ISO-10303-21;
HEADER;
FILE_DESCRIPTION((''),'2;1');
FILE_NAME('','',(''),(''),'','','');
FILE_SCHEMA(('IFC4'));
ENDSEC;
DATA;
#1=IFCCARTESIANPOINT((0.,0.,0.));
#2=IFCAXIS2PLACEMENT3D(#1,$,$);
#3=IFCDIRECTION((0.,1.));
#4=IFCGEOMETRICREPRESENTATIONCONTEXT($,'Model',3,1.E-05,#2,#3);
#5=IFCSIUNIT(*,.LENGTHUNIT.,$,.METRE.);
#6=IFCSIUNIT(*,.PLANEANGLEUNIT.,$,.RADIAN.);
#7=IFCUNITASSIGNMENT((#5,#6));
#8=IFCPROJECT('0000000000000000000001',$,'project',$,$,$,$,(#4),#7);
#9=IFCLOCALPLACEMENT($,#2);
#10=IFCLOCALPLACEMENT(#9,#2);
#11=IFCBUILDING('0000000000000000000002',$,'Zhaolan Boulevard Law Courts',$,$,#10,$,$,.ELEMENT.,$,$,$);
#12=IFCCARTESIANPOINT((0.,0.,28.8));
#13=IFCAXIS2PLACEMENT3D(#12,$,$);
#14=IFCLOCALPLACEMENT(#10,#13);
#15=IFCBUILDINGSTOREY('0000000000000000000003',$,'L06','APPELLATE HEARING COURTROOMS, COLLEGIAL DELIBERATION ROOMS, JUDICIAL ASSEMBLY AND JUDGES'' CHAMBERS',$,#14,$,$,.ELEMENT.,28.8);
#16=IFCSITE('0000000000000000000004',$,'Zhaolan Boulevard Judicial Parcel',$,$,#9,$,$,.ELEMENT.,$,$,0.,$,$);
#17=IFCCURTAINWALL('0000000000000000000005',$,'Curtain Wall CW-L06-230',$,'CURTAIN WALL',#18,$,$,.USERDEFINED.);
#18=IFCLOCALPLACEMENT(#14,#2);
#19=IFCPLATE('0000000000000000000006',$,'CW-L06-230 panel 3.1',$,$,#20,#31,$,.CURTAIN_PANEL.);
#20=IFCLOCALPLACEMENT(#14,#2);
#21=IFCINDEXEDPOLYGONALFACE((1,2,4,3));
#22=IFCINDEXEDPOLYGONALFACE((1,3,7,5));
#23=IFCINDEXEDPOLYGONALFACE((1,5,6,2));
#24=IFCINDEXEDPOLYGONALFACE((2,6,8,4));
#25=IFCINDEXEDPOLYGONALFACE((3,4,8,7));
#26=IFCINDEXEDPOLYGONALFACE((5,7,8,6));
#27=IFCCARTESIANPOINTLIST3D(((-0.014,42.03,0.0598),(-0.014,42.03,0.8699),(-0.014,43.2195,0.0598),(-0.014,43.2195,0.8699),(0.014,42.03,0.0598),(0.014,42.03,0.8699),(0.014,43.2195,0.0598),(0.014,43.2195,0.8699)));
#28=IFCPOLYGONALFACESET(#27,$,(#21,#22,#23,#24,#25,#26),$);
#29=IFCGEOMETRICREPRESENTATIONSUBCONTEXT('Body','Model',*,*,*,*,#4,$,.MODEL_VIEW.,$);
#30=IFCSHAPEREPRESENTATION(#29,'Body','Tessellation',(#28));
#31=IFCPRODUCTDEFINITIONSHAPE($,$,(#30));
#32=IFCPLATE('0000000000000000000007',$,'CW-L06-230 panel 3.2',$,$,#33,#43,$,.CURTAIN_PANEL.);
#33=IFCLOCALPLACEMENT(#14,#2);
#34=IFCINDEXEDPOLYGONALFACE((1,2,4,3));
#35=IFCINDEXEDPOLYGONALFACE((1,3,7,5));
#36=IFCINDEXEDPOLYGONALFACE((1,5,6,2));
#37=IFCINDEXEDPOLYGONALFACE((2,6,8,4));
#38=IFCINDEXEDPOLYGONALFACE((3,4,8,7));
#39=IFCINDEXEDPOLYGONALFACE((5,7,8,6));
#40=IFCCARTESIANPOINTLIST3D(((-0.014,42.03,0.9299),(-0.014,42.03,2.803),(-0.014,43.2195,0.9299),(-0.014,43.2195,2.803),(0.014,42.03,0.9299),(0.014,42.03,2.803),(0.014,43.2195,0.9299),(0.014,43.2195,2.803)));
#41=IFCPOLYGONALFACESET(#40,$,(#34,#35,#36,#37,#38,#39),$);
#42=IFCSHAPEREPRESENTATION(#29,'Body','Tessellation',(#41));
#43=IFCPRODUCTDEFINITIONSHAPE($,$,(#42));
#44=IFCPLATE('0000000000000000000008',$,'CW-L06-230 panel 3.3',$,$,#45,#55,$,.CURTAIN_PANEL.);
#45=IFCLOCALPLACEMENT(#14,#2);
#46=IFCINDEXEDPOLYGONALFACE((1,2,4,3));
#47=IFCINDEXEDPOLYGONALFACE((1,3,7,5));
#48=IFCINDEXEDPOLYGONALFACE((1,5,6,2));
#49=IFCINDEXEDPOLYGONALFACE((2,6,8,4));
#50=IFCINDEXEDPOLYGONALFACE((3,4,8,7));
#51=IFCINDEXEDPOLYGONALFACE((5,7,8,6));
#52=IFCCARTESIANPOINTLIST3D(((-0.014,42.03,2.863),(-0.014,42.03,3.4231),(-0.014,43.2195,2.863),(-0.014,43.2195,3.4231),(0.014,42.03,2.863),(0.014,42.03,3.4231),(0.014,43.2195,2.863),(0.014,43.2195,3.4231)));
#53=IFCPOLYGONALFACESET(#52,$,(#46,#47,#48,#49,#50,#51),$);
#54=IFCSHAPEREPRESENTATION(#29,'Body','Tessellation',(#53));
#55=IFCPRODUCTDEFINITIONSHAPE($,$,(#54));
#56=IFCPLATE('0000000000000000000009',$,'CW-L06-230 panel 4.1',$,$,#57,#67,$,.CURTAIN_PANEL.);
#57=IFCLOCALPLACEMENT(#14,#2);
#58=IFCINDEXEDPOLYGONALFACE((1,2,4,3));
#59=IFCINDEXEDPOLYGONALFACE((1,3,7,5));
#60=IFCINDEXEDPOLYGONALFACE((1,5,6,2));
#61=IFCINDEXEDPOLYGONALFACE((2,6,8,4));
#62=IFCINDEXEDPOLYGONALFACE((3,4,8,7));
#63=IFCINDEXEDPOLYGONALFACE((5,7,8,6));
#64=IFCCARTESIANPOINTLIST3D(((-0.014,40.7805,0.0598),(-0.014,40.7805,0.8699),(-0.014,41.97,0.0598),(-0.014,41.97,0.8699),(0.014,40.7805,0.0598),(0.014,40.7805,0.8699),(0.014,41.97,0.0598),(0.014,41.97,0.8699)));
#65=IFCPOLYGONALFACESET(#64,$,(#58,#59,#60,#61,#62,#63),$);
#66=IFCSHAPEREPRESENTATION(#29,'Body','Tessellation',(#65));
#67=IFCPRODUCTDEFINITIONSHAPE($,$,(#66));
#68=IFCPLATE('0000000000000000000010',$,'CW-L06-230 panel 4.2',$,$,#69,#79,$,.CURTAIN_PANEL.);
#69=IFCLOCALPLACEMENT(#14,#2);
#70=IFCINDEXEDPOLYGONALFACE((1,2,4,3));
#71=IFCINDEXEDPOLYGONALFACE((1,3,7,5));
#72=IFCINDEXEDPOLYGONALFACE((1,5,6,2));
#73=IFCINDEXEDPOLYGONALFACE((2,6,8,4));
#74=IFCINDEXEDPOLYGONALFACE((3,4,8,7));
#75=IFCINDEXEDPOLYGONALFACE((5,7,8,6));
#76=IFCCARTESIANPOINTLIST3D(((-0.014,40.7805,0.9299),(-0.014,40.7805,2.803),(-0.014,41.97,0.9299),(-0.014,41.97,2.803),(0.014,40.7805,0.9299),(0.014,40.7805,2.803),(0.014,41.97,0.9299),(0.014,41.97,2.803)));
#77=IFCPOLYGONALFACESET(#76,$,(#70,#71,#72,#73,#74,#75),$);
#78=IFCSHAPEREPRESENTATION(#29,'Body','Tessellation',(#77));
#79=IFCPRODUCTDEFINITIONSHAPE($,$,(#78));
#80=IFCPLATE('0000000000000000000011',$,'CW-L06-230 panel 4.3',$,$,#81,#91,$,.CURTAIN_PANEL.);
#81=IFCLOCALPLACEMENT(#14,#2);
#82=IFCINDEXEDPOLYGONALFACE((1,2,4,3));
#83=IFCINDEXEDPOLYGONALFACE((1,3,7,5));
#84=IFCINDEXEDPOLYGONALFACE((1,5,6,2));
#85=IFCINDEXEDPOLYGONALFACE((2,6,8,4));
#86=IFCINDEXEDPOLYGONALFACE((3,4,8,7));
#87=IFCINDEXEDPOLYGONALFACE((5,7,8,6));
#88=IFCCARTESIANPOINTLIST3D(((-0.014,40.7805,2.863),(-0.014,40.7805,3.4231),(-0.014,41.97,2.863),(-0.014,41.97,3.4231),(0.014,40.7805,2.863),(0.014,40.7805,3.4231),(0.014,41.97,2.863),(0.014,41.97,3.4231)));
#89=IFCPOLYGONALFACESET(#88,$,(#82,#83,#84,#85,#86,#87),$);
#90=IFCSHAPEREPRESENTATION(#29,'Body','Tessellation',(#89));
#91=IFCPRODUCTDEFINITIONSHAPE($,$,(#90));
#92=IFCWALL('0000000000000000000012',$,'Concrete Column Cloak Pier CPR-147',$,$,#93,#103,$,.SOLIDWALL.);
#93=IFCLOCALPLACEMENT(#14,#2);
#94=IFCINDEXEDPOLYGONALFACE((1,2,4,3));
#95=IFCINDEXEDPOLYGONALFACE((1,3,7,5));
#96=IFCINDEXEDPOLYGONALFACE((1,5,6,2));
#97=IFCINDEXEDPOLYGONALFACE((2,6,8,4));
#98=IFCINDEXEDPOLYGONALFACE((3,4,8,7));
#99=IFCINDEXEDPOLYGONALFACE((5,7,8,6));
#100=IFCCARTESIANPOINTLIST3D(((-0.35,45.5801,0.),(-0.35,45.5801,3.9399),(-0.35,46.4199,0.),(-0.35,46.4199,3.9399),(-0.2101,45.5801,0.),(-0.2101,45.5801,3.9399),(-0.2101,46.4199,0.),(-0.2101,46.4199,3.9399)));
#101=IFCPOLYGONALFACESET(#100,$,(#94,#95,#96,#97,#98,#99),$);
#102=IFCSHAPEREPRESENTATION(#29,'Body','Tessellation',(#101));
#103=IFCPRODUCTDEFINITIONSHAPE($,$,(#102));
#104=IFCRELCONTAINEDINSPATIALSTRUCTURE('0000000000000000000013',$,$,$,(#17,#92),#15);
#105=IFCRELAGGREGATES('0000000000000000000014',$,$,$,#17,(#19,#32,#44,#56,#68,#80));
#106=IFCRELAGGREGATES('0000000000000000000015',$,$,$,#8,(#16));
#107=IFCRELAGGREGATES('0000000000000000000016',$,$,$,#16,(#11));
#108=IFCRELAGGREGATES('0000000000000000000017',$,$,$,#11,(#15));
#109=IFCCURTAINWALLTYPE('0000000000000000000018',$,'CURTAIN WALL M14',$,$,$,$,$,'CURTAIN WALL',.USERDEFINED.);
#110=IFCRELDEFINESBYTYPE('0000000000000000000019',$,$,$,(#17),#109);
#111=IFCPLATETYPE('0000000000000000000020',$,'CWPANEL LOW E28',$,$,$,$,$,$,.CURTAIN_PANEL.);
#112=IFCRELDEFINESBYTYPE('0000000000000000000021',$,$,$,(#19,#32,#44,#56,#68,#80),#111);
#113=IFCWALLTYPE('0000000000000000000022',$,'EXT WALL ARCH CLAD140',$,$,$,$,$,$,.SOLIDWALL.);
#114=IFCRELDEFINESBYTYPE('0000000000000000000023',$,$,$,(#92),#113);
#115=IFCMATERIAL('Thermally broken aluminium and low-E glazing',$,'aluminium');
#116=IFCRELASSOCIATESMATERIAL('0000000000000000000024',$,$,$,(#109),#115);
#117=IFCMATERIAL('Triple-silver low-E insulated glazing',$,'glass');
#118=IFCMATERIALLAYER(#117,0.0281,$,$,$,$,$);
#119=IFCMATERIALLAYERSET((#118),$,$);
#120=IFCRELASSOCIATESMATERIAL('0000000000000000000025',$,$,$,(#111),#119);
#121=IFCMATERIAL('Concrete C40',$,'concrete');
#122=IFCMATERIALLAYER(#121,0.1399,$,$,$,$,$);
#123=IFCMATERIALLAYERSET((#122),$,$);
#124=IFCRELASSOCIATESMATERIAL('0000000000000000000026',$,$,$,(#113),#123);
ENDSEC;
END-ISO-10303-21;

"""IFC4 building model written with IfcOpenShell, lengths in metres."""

from ifc_helpers import new_model, si_unit, direction, frame, frame_2d, origin, origin_2d, place, context, subcontext, project, spatial, rectangle, extrude, material, layer, layer_set, type_object, element, aggregate, save


model = new_model("IFC4")

# Units and contexts
model_context = context("Model", 3, precision=1e-05, world=origin(), true_north=direction((0.0, 1.0)))
body_context = subcontext(model_context, "Body", "Model", "MODEL_VIEW")
ifc_project = project(units=[si_unit("LENGTHUNIT", "METRE"), si_unit("PLANEANGLEUNIT", "RADIAN")], contexts=[model_context])

# Site, building, storey
site_placement = place(None, origin())
site = spatial("IfcSite", under=ifc_project, at=site_placement, Name="Zhaolan Boulevard Judicial Parcel", CompositionType="ELEMENT", RefElevation=0.0)
building_placement = place(site_placement, origin())
building = spatial("IfcBuilding", under=site, at=building_placement, Name="Zhaolan Boulevard Law Courts", CompositionType="ELEMENT")
storey_placement = place(building_placement, frame((0.0, 0.0, 28.8)))
storey = spatial("IfcBuildingStorey", under=building, at=storey_placement, Name="L06", Description="APPELLATE HEARING COURTROOMS, COLLEGIAL DELIBERATION ROOMS, JUDICIAL ASSEMBLY AND JUDGES' CHAMBERS", CompositionType="ELEMENT", Elevation=28.8)

# Curtain wall, plates
ifc_material_1 = material(Name="Thermally broken aluminium and low-E glazing", Category="aluminium")
curtain_wall_type = type_object("IfcCurtainWallType", Name="CURTAIN WALL M14", ElementType="CURTAIN WALL", PredefinedType="USERDEFINED", material=ifc_material_1)
curtain_wall_placement = place(storey_placement, origin())
curtain_wall = element("IfcCurtainWall", 1, at=curtain_wall_placement, inside=storey, type_object=curtain_wall_type, Name="Curtain Wall CW-L06-230", ObjectType="CURTAIN WALL", PredefinedType="USERDEFINED")
ifc_material_2 = material(Name="Triple-silver low-E insulated glazing", Category="glass")
ifc_layer_1 = layer(ifc_material_2, 0.0281)
ifc_layer_set_1 = layer_set([ifc_layer_1])
plate_type = type_object("IfcPlateType", Name="CWPANEL LOW E28", PredefinedType="CURTAIN_PANEL", material=ifc_layer_set_1)
plate_1_placement = place(storey_placement, frame((0.0, 42.6248, 0.0598), z_axis=(0.0, 0.0, 1.0), x_axis=(0.0, -1.0, 0.0)))
plate_1 = element("IfcPlate", 2, at=plate_1_placement, type_object=plate_type, Name="CW-L06-230 panel 3.1", PredefinedType="CURTAIN_PANEL", context=body_context, shape_type="SweptSolid", body=[
    extrude(rectangle(XDim=1.1895, YDim=0.0281, at=origin_2d()), origin(), (0.0, 0.0, 1.0), 0.8101),
])
plate_2_placement = place(storey_placement, frame((0.0, 42.6248, 0.9299), z_axis=(0.0, 0.0, 1.0), x_axis=(0.0, -1.0, 0.0)))
plate_2 = element("IfcPlate", 3, at=plate_2_placement, type_object=plate_type, Name="CW-L06-230 panel 3.2", PredefinedType="CURTAIN_PANEL", context=body_context, shape_type="SweptSolid", body=[
    extrude(rectangle(XDim=1.1895, YDim=0.0281, at=origin_2d()), origin(), (0.0, 0.0, 1.0), 1.873),
])
plate_3_placement = place(storey_placement, frame((0.0, 42.6248, 2.863), z_axis=(0.0, 0.0, 1.0), x_axis=(0.0, -1.0, 0.0)))
plate_3 = element("IfcPlate", 4, at=plate_3_placement, type_object=plate_type, Name="CW-L06-230 panel 3.3", PredefinedType="CURTAIN_PANEL", context=body_context, shape_type="SweptSolid", body=[
    extrude(rectangle(XDim=1.1895, YDim=0.0281, at=origin_2d()), origin(), (0.0, 0.0, 1.0), 0.5601),
])
plate_4_placement = place(storey_placement, frame((0.0, 41.3752, 0.0598), z_axis=(0.0, 0.0, 1.0), x_axis=(0.0, -1.0, 0.0)))
plate_4 = element("IfcPlate", 5, at=plate_4_placement, type_object=plate_type, Name="CW-L06-230 panel 4.1", PredefinedType="CURTAIN_PANEL", context=body_context, shape_type="SweptSolid", body=[
    extrude(rectangle(XDim=1.1895, YDim=0.0281, at=origin_2d()), origin(), (0.0, 0.0, 1.0), 0.8101),
])
plate_5_placement = place(storey_placement, frame((0.0, 41.3752, 0.9299), z_axis=(0.0, 0.0, 1.0), x_axis=(0.0, -1.0, 0.0)))
plate_5 = element("IfcPlate", 6, at=plate_5_placement, type_object=plate_type, Name="CW-L06-230 panel 4.2", PredefinedType="CURTAIN_PANEL", context=body_context, shape_type="SweptSolid", body=[
    extrude(rectangle(XDim=1.1895, YDim=0.0281, at=origin_2d()), origin(), (0.0, 0.0, 1.0), 1.873),
])
plate_6_placement = place(storey_placement, frame((0.0, 41.3752, 2.863), z_axis=(0.0, 0.0, 1.0), x_axis=(0.0, -1.0, 0.0)))
plate_6 = element("IfcPlate", 7, at=plate_6_placement, type_object=plate_type, Name="CW-L06-230 panel 4.3", PredefinedType="CURTAIN_PANEL", context=body_context, shape_type="SweptSolid", body=[
    extrude(rectangle(XDim=1.1895, YDim=0.0281, at=origin_2d()), origin(), (0.0, 0.0, 1.0), 0.5601),
])
aggregate(curtain_wall, [plate_1, plate_2, plate_3, plate_4, plate_5, plate_6])

# Wall
ifc_material_3 = material(Name="Concrete C40", Category="concrete")
ifc_layer_2 = layer(ifc_material_3, 0.1399)
ifc_layer_set_2 = layer_set([ifc_layer_2])
wall_type = type_object("IfcWallType", Name="EXT WALL ARCH CLAD140", PredefinedType="SOLIDWALL", material=ifc_layer_set_2)
wall_placement = place(storey_placement, frame((-0.28, 45.5801, 0.0), z_axis=(0.0, 0.0, 1.0), x_axis=(0.0, 1.0, 0.0)))
element("IfcWall", 8, at=wall_placement, inside=storey, type_object=wall_type, Name="Concrete Column Cloak Pier CPR-147", PredefinedType="SOLIDWALL", context=body_context, shape_type="SweptSolid", body=[
    extrude(rectangle(XDim=0.8398, YDim=0.1399, at=frame_2d((0.4199, 0.0))), origin(), (0.0, 0.0, 1.0), 3.9399),
])

save(model, "model.ifc")
